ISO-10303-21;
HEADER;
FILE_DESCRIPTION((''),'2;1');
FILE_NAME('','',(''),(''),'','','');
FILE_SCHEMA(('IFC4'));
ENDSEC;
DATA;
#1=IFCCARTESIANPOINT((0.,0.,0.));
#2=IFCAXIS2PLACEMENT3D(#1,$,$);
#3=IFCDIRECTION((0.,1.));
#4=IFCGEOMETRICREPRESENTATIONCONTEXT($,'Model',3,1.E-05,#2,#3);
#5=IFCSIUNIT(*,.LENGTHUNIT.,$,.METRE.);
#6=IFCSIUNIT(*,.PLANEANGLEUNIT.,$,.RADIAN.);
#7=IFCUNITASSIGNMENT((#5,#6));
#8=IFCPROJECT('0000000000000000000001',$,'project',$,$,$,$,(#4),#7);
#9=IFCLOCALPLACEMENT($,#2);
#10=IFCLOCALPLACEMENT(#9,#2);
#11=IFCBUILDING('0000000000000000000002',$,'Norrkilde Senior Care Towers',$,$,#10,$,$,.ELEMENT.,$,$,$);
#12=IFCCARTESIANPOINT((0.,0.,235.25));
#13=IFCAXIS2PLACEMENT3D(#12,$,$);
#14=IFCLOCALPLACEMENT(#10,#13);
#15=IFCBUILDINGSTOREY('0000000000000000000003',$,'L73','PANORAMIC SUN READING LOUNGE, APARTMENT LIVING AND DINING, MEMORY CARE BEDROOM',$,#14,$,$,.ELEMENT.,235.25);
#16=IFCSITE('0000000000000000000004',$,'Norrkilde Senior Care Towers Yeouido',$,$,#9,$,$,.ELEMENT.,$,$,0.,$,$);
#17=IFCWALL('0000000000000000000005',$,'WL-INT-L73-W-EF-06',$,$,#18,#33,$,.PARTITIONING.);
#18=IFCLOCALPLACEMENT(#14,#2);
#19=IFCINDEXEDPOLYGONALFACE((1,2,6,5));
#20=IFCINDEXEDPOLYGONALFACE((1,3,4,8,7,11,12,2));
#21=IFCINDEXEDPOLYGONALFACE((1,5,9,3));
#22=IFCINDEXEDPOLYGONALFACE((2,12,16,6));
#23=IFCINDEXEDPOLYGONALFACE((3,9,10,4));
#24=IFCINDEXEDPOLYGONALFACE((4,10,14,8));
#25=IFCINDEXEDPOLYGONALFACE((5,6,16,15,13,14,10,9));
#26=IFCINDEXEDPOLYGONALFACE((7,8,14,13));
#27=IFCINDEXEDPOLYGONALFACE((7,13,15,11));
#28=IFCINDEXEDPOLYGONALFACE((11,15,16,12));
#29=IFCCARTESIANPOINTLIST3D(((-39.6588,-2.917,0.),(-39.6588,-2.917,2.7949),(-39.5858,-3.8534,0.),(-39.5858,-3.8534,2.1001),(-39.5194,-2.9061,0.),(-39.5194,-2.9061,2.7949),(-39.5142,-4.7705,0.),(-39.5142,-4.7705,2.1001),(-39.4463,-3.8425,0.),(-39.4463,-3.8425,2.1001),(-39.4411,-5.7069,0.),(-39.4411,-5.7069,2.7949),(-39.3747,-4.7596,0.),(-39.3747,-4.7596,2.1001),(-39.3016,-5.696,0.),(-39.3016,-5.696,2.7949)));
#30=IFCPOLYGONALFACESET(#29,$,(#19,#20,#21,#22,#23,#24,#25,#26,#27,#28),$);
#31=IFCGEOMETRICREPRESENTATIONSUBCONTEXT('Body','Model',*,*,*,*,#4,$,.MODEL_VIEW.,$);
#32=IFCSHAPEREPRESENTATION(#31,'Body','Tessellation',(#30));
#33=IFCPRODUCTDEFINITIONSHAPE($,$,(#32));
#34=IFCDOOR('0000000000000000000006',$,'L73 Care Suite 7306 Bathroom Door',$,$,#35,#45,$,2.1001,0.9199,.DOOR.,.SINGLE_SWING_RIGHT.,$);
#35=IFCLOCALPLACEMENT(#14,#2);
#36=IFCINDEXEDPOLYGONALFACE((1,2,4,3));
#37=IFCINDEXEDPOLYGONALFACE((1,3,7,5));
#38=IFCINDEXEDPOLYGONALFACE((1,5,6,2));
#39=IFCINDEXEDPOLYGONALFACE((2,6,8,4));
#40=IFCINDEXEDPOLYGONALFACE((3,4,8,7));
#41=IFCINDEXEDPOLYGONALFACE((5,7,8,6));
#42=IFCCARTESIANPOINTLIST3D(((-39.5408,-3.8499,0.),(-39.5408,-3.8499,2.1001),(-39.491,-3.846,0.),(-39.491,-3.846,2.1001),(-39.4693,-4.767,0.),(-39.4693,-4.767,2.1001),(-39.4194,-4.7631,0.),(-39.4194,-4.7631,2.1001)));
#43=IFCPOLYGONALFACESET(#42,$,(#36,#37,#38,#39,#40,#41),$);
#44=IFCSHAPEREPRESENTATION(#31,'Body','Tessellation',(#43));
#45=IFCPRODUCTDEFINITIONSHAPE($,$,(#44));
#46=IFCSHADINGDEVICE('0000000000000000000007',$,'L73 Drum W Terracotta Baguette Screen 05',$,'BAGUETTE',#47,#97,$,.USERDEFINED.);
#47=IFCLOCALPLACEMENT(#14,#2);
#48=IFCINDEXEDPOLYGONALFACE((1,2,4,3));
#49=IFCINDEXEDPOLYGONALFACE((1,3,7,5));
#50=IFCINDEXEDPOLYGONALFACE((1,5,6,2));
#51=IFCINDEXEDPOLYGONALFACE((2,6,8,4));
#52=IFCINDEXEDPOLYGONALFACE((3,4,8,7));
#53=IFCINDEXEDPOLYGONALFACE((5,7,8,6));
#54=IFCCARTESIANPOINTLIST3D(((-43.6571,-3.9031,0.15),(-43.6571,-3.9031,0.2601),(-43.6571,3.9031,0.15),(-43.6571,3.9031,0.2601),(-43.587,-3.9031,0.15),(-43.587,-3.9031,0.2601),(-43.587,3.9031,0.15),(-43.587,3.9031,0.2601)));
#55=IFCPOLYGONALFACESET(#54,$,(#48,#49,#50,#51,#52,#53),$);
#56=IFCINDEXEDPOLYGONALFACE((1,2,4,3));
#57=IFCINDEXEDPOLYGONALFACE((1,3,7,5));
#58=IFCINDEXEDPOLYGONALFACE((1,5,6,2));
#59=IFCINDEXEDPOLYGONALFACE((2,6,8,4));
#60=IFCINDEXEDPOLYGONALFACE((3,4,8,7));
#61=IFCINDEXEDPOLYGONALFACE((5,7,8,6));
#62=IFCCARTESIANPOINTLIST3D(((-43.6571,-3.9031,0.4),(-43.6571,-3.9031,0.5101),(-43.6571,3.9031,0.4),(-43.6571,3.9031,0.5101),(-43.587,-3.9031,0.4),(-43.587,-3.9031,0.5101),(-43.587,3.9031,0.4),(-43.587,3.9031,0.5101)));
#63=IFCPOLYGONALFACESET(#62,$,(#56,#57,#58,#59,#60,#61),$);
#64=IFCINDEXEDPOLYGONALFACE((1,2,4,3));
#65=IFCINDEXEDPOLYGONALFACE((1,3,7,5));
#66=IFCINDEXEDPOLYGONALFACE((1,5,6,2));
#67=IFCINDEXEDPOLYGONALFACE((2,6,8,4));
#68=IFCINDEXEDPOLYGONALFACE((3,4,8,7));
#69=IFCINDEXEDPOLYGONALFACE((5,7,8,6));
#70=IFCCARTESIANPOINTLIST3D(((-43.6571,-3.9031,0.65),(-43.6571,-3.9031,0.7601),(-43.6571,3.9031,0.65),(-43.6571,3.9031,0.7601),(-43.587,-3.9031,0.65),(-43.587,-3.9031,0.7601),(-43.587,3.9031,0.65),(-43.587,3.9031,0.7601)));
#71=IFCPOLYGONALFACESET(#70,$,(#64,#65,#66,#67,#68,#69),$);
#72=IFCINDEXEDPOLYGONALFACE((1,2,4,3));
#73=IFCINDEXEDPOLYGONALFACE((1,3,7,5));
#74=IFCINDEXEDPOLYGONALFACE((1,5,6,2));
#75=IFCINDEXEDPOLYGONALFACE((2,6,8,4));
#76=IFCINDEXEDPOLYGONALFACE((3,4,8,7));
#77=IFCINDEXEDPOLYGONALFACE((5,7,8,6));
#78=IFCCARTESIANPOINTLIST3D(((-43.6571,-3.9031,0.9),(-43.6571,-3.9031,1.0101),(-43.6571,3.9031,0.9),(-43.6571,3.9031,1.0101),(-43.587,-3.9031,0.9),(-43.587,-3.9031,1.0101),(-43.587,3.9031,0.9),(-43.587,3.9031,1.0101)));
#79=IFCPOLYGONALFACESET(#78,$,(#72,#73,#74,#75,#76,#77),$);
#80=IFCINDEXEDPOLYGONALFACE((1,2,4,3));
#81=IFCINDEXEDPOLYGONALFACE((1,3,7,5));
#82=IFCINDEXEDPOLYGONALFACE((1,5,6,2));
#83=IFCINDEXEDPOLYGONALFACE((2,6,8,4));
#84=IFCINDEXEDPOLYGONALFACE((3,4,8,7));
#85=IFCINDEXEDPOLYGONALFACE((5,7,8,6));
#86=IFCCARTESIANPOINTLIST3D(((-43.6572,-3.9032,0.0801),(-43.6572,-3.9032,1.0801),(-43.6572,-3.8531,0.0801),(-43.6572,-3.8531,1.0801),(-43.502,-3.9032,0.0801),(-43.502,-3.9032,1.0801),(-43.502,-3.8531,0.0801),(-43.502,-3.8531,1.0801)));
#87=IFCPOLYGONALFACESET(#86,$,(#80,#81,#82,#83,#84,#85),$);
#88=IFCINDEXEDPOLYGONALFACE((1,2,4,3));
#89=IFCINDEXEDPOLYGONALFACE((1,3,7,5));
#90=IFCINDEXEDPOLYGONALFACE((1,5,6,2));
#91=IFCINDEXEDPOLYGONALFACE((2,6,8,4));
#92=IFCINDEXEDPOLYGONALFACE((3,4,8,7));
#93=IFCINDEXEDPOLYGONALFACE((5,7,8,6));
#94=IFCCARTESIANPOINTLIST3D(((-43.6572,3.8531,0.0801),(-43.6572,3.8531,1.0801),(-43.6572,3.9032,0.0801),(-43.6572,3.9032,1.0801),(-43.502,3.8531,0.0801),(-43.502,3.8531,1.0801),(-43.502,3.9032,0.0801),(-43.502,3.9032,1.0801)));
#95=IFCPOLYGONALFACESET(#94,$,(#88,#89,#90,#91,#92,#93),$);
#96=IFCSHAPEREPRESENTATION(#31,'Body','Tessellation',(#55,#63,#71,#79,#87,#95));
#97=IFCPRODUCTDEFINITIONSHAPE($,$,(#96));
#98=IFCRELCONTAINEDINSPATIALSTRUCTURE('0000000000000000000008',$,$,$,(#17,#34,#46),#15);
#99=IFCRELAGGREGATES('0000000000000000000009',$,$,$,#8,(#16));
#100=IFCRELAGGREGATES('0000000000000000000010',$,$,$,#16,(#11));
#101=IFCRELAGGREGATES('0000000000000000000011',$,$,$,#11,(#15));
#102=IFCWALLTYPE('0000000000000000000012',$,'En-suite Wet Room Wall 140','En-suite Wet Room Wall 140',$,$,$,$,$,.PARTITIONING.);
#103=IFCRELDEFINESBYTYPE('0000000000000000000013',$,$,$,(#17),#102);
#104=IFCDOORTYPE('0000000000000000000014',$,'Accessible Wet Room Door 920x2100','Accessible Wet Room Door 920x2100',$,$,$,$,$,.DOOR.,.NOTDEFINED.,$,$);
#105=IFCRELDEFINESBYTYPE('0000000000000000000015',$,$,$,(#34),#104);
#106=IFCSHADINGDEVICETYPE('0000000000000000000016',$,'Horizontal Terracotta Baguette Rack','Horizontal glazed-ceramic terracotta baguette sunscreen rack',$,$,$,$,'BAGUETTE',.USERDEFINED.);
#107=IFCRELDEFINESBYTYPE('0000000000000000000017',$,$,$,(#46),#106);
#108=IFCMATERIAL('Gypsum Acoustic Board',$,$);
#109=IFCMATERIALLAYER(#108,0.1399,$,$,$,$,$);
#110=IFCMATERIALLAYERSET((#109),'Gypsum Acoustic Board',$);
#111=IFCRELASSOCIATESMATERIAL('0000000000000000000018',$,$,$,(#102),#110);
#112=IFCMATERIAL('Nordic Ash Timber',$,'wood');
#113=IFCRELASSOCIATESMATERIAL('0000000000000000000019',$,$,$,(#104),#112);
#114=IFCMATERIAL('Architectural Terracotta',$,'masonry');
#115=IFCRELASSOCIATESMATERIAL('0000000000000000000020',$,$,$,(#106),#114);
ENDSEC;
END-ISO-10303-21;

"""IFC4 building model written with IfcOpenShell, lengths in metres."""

from ifc_helpers import new_model, si_unit, direction, frame, frame_2d, origin, origin_2d, place, context, subcontext, project, spatial, rectangle, extrude, source, transform, mapped, material, layer, layer_set, type_object, type_shapes, element, fill, save


model = new_model("IFC4")

# Units and contexts
model_context = context("Model", 3, precision=1e-05, world=origin(), true_north=direction((0.0, 1.0)))
body_context = subcontext(model_context, "Body", "Model", "MODEL_VIEW")
ifc_project = project(units=[si_unit("LENGTHUNIT", "METRE"), si_unit("PLANEANGLEUNIT", "RADIAN")], contexts=[model_context])

# Site, building, storey
site_placement = place(None, origin())
site = spatial("IfcSite", under=ifc_project, at=site_placement, Name="Norrkilde Senior Care Towers Yeouido", CompositionType="ELEMENT", RefElevation=0.0)
building_placement = place(site_placement, origin())
building = spatial("IfcBuilding", under=site, at=building_placement, Name="Norrkilde Senior Care Towers", CompositionType="ELEMENT")
storey_placement = place(building_placement, frame((0.0, 0.0, 235.25)))
storey = spatial("IfcBuildingStorey", under=building, at=storey_placement, Name="L73", Description="PANORAMIC SUN READING LOUNGE, APARTMENT LIVING AND DINING, MEMORY CARE BEDROOM", CompositionType="ELEMENT", Elevation=235.25)

# Shared definitions
ifc_material_1 = material(Name="Gypsum Acoustic Board")
ifc_material_2 = material(Name="Nordic Ash Timber", Category="wood")

# Shared definitions
ifc_layer_1 = layer(ifc_material_1, 0.1399)
ifc_layer_set_1 = layer_set([ifc_layer_1], Name="Gypsum Acoustic Board")
wall_type_1 = type_object("IfcWallType", Name="En-suite Wet Room Wall 140", Description="En-suite Wet Room Wall 140", PredefinedType="PARTITIONING", material=ifc_layer_set_1)

# Wall, opening, door
shared_shape_1 = source(origin(), body_context, "Body", "SweptSolid", [
    extrude(rectangle(XDim=2.7983, YDim=0.1399, at=frame_2d((1.3992, 0.0))), origin(), (0.0, 0.0, 1.0), 2.7949),
])
wall_1_placement = place(storey_placement, frame((-39.3713, -5.7014, 0.0), z_axis=(0.0, 0.0, 1.0), x_axis=(-0.077824, 0.996967, 0.0)))
wall_1 = element("IfcWall", 1, at=wall_1_placement, inside=storey, type_object=wall_type_1, Name="WL-INT-L73-W-EF-06", PredefinedType="PARTITIONING", context=body_context, shape_type="MappedRepresentation", body=[
    mapped(shared_shape_1, transform((0.0, 0.0, 0.0), x_axis=(1.0, 0.0, 0.0), y_axis=(0.0, 1.0, 0.0), z_axis=(0.0, 0.0, 1.0), scale=1.0)),
])
opening_1_placement = place(wall_1_placement, frame((0.9392, 0.0, 0.0)))
opening_1 = element("IfcOpeningElement", 2, at=opening_1_placement, cuts=wall_1, PredefinedType="OPENING", context=body_context, shape_type="SweptSolid", body=[
    extrude(rectangle(XDim=0.9199, YDim=2.1001, at=frame_2d((0.46, 1.05))), frame((0.0, 0.0798, 0.0), z_axis=(0.0, -1.0, 0.0), x_axis=(1.0, 0.0, 0.0)), (0.0, 0.0, 1.0), 0.1599),
])
door_type_1 = type_object("IfcDoorType", Name="Accessible Wet Room Door 920x2100", Description="Accessible Wet Room Door 920x2100", OperationType="NOTDEFINED", PredefinedType="DOOR", material=ifc_material_2)
shared_shape_2 = source(origin(), body_context, "Body", "SweptSolid", [
    extrude(rectangle(XDim=0.9199, YDim=2.1001, at=frame_2d((0.46, 1.05))), frame((0.0, 0.0249, 0.0), z_axis=(0.0, -1.0, 0.0), x_axis=(1.0, 0.0, 0.0)), (0.0, 0.0, 1.0), 0.05),
])
type_shapes(door_type_1, [shared_shape_2])
door_1_placement = place(opening_1_placement, origin())
door_1 = element("IfcDoor", 3, at=door_1_placement, inside=storey, type_object=door_type_1, Name="L73 Care Suite 7306 Bathroom Door", OperationType="SINGLE_SWING_RIGHT", OverallHeight=2.1001, OverallWidth=0.9199, PredefinedType="DOOR", context=body_context, shape_type="MappedRepresentation", body=[
    mapped(shared_shape_2, transform((0.0, 0.0, 0.0), x_axis=(1.0, 0.0, 0.0), y_axis=(0.0, 1.0, 0.0), z_axis=(0.0, 0.0, 1.0), scale=1.0)),
])
fill(opening_1, door_1)

# Shading device
ifc_material_3 = material(Name="Architectural Terracotta", Category="masonry")
shading_device_type = type_object("IfcShadingDeviceType", Name="Horizontal Terracotta Baguette Rack", Description="Horizontal glazed-ceramic terracotta baguette sunscreen rack", ElementType="BAGUETTE", PredefinedType="USERDEFINED", material=ifc_material_3)
shared_shape_3 = source(origin(), body_context, "Body", "SweptSolid", [
    extrude(rectangle(XDim=0.0701, YDim=0.1101, at=origin_2d()), frame((0.0, 0.0901, 0.125), z_axis=(1.0, 0.0, 0.0), x_axis=(0.0, 1.0, 0.0)), (0.0, 0.0, 1.0), 7.8062),
    extrude(rectangle(XDim=0.0701, YDim=0.1101, at=origin_2d()), frame((0.0, 0.0901, 0.375), z_axis=(1.0, 0.0, 0.0), x_axis=(0.0, 1.0, 0.0)), (0.0, 0.0, 1.0), 7.8062),
    extrude(rectangle(XDim=0.0701, YDim=0.1101, at=origin_2d()), frame((0.0, 0.0901, 0.625), z_axis=(1.0, 0.0, 0.0), x_axis=(0.0, 1.0, 0.0)), (0.0, 0.0, 1.0), 7.8062),
    extrude(rectangle(XDim=0.0701, YDim=0.1101, at=origin_2d()), frame((0.0, 0.0901, 0.875), z_axis=(1.0, 0.0, 0.0), x_axis=(0.0, 1.0, 0.0)), (0.0, 0.0, 1.0), 7.8062),
    extrude(rectangle(XDim=0.05, YDim=0.1553, at=origin_2d()), frame((0.0249, 0.0476, 0.0)), (0.0, 0.0, 1.0), 1.0),
    extrude(rectangle(XDim=0.05, YDim=0.1553, at=origin_2d()), frame((7.7812, 0.0476, 0.0)), (0.0, 0.0, 1.0), 1.0),
])
type_shapes(shading_device_type, [shared_shape_3])
shading_device_placement = place(storey_placement, frame((-43.532, -3.9031, 0.0801), z_axis=(0.0, 0.0, 1.0), x_axis=(0.0, 1.0, 0.0)))
element("IfcShadingDevice", 4, at=shading_device_placement, inside=storey, type_object=shading_device_type, Name="L73 Drum W Terracotta Baguette Screen 05", ObjectType="BAGUETTE", PredefinedType="USERDEFINED", context=body_context, shape_type="MappedRepresentation", body=[
    mapped(shared_shape_3, transform((0.0, 0.0, 0.0), x_axis=(1.0, 0.0, 0.0), y_axis=(0.0, 1.0, 0.0), z_axis=(0.0, 0.0, 1.0), scale=1.0)),
])

save(model, "model.ifc")
